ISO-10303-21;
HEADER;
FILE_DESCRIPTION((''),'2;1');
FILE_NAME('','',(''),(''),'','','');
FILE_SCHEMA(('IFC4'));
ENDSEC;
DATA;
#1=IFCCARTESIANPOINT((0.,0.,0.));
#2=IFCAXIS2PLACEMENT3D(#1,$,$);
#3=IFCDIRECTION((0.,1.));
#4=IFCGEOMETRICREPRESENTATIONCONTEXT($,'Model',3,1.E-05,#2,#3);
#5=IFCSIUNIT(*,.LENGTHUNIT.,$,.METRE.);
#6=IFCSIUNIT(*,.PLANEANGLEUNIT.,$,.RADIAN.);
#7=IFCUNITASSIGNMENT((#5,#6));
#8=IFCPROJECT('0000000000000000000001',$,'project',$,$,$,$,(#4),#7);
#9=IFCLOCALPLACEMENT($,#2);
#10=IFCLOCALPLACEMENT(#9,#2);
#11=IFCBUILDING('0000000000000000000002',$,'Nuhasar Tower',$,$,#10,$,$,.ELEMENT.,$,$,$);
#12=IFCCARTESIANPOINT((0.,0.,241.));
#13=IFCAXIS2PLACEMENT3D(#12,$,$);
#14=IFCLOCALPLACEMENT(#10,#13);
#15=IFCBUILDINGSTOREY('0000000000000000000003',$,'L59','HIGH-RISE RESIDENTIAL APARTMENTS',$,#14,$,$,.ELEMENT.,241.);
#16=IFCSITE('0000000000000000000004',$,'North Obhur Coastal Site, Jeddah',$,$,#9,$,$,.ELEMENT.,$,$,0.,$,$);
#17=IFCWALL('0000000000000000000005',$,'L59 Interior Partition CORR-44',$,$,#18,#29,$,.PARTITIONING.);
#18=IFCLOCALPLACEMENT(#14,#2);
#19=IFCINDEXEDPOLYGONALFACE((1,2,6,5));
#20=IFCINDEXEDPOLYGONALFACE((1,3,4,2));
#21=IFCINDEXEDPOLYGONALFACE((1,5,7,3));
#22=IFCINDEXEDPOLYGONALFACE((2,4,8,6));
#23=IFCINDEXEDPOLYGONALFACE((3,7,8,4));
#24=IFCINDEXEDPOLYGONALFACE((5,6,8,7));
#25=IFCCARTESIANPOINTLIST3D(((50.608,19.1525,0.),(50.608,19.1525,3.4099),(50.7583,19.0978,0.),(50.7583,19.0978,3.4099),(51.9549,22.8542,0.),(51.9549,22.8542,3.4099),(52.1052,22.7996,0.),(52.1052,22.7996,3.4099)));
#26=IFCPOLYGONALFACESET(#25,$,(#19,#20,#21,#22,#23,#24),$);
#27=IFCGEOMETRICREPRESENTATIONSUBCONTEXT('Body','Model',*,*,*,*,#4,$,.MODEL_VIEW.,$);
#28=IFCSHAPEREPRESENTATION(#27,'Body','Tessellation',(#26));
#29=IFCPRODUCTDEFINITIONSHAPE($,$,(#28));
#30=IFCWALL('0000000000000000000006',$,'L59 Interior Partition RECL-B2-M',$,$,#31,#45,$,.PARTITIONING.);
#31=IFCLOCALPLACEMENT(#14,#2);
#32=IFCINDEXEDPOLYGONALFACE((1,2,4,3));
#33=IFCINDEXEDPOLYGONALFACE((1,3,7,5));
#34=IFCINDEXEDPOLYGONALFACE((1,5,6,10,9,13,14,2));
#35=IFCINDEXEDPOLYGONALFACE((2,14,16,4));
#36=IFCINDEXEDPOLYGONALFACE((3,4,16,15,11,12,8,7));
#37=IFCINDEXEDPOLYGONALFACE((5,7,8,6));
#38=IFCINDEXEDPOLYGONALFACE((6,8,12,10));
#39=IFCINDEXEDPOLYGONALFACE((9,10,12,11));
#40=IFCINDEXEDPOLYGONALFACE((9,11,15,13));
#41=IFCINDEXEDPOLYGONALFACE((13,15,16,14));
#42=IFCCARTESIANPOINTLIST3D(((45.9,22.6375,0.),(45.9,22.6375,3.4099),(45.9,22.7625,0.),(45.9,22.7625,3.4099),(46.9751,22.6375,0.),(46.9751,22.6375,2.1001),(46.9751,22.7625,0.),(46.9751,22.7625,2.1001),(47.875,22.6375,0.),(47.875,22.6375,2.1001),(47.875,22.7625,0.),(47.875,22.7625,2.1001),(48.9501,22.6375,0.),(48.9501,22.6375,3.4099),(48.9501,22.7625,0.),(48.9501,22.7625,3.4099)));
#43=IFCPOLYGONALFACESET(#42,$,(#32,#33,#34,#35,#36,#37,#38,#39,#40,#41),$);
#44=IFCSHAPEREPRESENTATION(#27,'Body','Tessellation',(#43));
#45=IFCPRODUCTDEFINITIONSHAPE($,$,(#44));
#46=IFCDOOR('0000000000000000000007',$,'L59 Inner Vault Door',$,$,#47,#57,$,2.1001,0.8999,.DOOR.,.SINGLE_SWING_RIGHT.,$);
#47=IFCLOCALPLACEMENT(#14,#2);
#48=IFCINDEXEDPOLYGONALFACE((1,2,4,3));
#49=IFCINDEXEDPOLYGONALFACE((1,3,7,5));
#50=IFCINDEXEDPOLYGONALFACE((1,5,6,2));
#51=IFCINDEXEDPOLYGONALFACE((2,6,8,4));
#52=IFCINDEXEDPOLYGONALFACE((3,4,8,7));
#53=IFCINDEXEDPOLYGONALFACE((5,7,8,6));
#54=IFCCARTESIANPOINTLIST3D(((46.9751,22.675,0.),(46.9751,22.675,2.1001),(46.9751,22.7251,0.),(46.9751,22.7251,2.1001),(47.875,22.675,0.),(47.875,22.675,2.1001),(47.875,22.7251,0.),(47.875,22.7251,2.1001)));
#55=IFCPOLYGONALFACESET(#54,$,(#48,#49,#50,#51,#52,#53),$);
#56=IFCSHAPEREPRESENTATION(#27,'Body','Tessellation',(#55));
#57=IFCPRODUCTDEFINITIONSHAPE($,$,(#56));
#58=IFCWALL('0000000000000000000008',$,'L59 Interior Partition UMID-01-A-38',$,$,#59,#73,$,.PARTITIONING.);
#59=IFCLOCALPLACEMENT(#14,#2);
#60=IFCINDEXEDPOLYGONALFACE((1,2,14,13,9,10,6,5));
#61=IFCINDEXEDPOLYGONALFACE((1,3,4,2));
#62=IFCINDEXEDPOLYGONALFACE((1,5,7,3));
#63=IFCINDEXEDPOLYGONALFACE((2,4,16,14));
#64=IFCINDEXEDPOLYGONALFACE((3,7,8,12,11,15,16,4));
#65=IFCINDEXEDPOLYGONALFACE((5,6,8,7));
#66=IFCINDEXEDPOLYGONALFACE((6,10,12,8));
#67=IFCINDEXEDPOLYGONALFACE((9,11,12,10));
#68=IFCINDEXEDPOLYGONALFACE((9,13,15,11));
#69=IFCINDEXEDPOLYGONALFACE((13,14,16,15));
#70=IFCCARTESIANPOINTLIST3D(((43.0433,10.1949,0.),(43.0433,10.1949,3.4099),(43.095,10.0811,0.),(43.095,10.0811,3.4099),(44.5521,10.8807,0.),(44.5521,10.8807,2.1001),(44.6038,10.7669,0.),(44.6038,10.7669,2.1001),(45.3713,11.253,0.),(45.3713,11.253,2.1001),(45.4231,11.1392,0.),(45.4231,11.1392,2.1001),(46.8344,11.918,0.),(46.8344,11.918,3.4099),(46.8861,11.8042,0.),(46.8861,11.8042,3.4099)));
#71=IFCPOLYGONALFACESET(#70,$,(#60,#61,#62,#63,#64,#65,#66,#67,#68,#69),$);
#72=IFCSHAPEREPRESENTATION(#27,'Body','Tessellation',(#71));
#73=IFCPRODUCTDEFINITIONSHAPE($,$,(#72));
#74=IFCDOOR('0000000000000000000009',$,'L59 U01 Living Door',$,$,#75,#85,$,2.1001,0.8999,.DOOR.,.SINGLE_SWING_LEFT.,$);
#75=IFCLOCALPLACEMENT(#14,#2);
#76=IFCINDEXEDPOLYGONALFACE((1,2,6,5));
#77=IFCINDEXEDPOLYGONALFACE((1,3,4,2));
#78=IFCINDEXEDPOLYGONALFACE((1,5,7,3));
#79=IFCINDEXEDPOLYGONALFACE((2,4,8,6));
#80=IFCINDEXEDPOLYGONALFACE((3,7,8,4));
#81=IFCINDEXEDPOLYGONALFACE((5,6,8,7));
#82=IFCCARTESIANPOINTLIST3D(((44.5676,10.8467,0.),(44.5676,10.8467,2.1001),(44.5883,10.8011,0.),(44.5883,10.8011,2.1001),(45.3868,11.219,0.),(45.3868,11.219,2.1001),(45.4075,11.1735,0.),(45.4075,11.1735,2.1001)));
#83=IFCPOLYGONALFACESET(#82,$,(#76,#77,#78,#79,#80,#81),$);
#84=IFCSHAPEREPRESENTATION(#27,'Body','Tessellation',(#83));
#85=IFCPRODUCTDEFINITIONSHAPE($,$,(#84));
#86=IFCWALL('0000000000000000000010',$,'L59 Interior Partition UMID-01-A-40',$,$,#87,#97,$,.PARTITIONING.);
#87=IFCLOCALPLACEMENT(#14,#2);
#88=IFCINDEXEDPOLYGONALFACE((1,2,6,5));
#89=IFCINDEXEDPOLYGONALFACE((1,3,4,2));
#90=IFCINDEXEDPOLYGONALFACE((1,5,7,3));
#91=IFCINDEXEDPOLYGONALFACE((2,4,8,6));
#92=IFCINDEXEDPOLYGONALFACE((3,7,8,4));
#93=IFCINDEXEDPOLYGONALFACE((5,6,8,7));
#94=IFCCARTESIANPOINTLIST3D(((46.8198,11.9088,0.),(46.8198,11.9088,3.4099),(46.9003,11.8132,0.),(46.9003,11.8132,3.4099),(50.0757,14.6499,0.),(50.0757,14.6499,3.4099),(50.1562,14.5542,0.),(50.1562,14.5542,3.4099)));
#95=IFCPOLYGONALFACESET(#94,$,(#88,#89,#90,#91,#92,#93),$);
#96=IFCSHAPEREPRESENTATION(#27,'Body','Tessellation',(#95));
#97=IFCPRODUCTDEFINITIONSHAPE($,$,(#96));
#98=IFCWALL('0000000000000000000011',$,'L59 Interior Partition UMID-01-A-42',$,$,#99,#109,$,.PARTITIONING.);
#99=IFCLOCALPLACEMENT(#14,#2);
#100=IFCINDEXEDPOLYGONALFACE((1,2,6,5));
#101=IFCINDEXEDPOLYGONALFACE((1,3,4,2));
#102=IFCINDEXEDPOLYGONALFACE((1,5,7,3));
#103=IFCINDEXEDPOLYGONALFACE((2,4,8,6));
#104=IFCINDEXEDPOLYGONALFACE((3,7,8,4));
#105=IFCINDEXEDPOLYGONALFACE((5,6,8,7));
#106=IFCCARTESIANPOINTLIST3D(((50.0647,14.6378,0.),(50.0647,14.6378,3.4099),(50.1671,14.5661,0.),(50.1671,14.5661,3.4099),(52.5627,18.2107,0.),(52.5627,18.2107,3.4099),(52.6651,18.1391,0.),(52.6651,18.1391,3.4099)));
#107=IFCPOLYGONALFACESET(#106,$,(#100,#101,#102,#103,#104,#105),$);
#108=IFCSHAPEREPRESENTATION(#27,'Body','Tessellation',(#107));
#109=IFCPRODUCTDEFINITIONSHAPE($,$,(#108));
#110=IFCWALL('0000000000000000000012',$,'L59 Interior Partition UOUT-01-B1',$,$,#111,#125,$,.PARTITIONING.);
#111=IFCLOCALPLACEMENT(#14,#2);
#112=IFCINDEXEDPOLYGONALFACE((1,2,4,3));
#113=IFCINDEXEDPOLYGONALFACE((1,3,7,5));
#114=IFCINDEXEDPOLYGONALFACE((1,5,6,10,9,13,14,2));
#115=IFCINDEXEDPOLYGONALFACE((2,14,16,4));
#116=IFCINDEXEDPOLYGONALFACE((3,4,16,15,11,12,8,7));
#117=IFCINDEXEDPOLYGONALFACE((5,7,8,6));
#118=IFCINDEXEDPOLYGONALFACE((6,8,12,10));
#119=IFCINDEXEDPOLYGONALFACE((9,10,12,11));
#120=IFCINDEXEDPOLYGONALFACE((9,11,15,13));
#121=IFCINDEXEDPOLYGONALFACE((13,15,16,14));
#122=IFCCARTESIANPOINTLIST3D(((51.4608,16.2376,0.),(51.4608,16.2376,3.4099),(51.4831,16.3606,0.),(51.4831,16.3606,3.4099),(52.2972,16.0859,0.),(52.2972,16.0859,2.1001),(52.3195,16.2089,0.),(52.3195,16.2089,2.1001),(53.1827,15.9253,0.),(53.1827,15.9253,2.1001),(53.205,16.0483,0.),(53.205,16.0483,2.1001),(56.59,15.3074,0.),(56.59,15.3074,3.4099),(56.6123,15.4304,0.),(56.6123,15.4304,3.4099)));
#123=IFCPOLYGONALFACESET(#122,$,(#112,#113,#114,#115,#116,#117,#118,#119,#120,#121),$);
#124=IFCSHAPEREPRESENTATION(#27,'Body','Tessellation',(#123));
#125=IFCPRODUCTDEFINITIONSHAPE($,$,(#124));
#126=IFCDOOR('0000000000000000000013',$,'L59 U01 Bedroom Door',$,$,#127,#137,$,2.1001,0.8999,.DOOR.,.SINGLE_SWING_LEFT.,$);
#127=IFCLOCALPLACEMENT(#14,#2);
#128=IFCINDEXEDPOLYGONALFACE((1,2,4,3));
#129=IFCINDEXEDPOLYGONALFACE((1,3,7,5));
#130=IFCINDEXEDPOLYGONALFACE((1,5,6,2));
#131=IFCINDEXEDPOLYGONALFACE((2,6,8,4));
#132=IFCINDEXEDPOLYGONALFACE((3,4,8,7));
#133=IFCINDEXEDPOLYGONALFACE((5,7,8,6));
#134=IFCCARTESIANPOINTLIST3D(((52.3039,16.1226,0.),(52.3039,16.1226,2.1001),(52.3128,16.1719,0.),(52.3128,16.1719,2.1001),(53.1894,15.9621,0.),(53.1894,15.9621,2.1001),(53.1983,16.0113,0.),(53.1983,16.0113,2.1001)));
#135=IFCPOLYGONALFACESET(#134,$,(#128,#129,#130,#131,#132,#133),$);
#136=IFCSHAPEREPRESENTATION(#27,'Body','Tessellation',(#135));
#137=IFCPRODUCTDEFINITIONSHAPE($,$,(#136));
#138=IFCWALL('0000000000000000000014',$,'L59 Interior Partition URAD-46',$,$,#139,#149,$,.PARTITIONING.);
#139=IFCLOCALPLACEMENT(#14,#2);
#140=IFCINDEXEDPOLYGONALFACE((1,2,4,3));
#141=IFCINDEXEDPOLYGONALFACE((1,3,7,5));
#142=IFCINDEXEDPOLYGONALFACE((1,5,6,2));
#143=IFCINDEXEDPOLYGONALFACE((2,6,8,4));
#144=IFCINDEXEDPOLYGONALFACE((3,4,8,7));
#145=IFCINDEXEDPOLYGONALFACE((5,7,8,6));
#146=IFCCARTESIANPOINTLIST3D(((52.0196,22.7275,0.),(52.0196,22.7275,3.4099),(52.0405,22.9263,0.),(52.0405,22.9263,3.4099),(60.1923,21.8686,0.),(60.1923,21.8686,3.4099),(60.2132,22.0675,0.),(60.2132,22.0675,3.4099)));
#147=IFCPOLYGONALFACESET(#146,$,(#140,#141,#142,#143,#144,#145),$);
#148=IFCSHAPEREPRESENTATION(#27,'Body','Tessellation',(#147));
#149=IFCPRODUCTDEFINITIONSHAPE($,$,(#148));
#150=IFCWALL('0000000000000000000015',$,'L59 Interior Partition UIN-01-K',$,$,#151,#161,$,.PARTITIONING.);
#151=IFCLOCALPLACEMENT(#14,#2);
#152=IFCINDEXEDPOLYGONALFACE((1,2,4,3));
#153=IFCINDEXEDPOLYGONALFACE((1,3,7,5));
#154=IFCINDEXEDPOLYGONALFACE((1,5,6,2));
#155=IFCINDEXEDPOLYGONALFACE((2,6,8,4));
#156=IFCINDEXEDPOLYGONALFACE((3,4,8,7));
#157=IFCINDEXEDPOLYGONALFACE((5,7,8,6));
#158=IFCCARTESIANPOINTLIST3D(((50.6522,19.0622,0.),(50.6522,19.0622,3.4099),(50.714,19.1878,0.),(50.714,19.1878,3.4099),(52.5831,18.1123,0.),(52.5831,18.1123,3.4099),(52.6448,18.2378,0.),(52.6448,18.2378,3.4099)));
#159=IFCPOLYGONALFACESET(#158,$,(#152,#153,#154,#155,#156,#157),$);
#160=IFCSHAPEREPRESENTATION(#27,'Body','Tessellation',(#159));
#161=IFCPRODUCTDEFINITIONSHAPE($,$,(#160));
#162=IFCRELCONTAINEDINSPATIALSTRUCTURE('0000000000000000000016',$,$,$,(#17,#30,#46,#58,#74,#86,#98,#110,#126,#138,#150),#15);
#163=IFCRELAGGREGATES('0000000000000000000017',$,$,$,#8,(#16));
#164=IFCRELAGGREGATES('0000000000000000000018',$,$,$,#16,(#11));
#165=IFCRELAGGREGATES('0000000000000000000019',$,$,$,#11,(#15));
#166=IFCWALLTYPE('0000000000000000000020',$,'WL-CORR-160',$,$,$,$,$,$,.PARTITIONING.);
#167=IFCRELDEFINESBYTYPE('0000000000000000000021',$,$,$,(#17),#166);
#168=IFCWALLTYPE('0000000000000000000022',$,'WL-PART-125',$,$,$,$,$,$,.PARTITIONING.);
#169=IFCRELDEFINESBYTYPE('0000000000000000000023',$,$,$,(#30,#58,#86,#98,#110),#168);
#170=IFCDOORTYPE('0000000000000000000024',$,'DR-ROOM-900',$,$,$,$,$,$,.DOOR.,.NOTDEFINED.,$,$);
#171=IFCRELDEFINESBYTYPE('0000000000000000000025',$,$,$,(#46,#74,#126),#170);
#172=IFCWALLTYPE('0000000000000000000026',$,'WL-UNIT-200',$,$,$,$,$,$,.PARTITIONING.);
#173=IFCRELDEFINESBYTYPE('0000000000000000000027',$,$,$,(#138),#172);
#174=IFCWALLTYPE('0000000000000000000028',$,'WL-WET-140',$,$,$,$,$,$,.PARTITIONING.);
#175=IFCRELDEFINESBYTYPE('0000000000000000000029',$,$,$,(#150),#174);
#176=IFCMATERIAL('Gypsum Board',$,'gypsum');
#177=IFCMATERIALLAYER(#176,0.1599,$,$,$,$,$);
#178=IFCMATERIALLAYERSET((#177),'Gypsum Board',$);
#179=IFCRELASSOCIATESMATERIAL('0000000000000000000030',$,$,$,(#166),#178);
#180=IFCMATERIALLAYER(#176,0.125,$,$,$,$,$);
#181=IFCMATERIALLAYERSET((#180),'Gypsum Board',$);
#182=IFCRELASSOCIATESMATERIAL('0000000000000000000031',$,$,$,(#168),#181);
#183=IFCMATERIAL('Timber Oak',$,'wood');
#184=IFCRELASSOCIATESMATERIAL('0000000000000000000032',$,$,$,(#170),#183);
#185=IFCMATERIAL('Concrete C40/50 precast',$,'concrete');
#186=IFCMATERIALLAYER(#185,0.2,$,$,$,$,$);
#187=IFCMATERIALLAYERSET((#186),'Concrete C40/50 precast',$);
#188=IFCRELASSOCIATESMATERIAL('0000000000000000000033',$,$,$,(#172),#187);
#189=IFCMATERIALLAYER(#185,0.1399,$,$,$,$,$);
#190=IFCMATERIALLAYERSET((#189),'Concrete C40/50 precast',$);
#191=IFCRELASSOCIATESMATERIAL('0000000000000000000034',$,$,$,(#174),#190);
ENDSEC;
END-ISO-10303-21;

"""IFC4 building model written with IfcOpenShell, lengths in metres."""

from ifc_helpers import new_model, si_unit, direction, frame, frame_2d, origin, place, context, subcontext, project, spatial, rectangle, extrude, material, layer, layer_set, type_object, element, fill, save


model = new_model("IFC4")

# Units and contexts
model_context = context("Model", 3, precision=1e-05, world=origin(), true_north=direction((0.0, 1.0)))
body_context = subcontext(model_context, "Body", "Model", "MODEL_VIEW")
ifc_project = project(units=[si_unit("LENGTHUNIT", "METRE"), si_unit("PLANEANGLEUNIT", "RADIAN")], contexts=[model_context])

# Site, building, storey
site_placement = place(None, origin())
site = spatial("IfcSite", under=ifc_project, at=site_placement, Name="North Obhur Coastal Site, Jeddah", CompositionType="ELEMENT", RefElevation=0.0)
building_placement = place(site_placement, origin())
building = spatial("IfcBuilding", under=site, at=building_placement, Name="Nuhasar Tower", CompositionType="ELEMENT")
storey_placement = place(building_placement, frame((0.0, 0.0, 241.0)))
storey = spatial("IfcBuildingStorey", under=building, at=storey_placement, Name="L59", Description="HIGH-RISE RESIDENTIAL APARTMENTS", CompositionType="ELEMENT", Elevation=241.0)

# Wall
ifc_material_1 = material(Name="Gypsum Board", Category="gypsum")
ifc_layer_1 = layer(ifc_material_1, 0.1599)
ifc_layer_set_1 = layer_set([ifc_layer_1], Name="Gypsum Board")
wall_type_1 = type_object("IfcWallType", Name="WL-CORR-160", PredefinedType="PARTITIONING", material=ifc_layer_set_1)
wall_1_placement = place(storey_placement, frame((50.6831, 19.125, 0.0), z_axis=(0.0, 0.0, 1.0), x_axis=(0.341917, 0.93973, 0.0)))
element("IfcWall", 1, at=wall_1_placement, inside=storey, type_object=wall_type_1, Name="L59 Interior Partition CORR-44", PredefinedType="PARTITIONING", context=body_context, shape_type="SweptSolid", body=[
    extrude(rectangle(XDim=3.9392, YDim=0.1599, at=frame_2d((1.9697, 0.0))), origin(), (0.0, 0.0, 1.0), 3.4099),
])

# Walls, openings, doors
ifc_layer_2 = layer(ifc_material_1, 0.125)
ifc_layer_set_2 = layer_set([ifc_layer_2], Name="Gypsum Board")
wall_type_2 = type_object("IfcWallType", Name="WL-PART-125", PredefinedType="PARTITIONING", material=ifc_layer_set_2)
wall_2_placement = place(storey_placement, frame((48.95, 22.7, 0.0), z_axis=(0.0, 0.0, 1.0), x_axis=(-1.0, 0.0, 0.0)))
wall_2 = element("IfcWall", 2, at=wall_2_placement, inside=storey, type_object=wall_type_2, Name="L59 Interior Partition RECL-B2-M", PredefinedType="PARTITIONING", context=body_context, shape_type="SweptSolid", body=[
    extrude(rectangle(XDim=3.05, YDim=0.125, at=frame_2d((1.5249, 0.0))), origin(), (0.0, 0.0, 1.0), 3.4099),
])
opening_1_placement = place(wall_2_placement, frame((1.075, 0.0, 0.0)))
opening_1 = element("IfcOpeningElement", 3, at=opening_1_placement, cuts=wall_2, PredefinedType="OPENING", context=body_context, shape_type="SweptSolid", body=[
    extrude(rectangle(XDim=0.8999, YDim=2.1001, at=frame_2d((0.45, 1.05))), frame((0.0, 0.0725, 0.0), z_axis=(0.0, -1.0, 0.0), x_axis=(1.0, 0.0, 0.0)), (0.0, 0.0, 1.0), 0.145),
])
ifc_material_2 = material(Name="Timber Oak", Category="wood")
door_type = type_object("IfcDoorType", Name="DR-ROOM-900", OperationType="NOTDEFINED", PredefinedType="DOOR", material=ifc_material_2)
door_1_placement = place(opening_1_placement, origin())
door_1 = element("IfcDoor", 4, at=door_1_placement, inside=storey, type_object=door_type, Name="L59 Inner Vault Door", OperationType="SINGLE_SWING_RIGHT", OverallHeight=2.1001, OverallWidth=0.8999, PredefinedType="DOOR", context=body_context, shape_type="SweptSolid", body=[
    extrude(rectangle(XDim=0.8999, YDim=2.1001, at=frame_2d((0.45, 1.05))), frame((0.0, 0.0249, 0.0), z_axis=(0.0, -1.0, 0.0), x_axis=(1.0, 0.0, 0.0)), (0.0, 0.0, 1.0), 0.05),
])
fill(opening_1, door_1)
wall_3_placement = place(storey_placement, frame((46.8601, 11.8611, 0.0), z_axis=(0.0, 0.0, 1.0), x_axis=(-0.91037, -0.413794, 0.0)))
wall_3 = element("IfcWall", 5, at=wall_3_placement, inside=storey, type_object=wall_type_2, Name="L59 Interior Partition UMID-01-A-38", PredefinedType="PARTITIONING", context=body_context, shape_type="SweptSolid", body=[
    extrude(rectangle(XDim=4.1643, YDim=0.125, at=frame_2d((2.082, 0.0))), origin(), (0.0, 0.0, 1.0), 3.4099),
])
opening_2_placement = place(wall_3_placement, frame((1.6069, 0.0, 0.0)))
opening_2 = element("IfcOpeningElement", 6, at=opening_2_placement, cuts=wall_3, PredefinedType="OPENING", context=body_context, shape_type="SweptSolid", body=[
    extrude(rectangle(XDim=0.8999, YDim=2.1001, at=frame_2d((0.45, 1.05))), frame((0.0, 0.0725, 0.0), z_axis=(0.0, -1.0, 0.0), x_axis=(1.0, 0.0, 0.0)), (0.0, 0.0, 1.0), 0.145),
])
door_2_placement = place(opening_2_placement, origin())
door_2 = element("IfcDoor", 7, at=door_2_placement, inside=storey, type_object=door_type, Name="L59 U01 Living Door", OperationType="SINGLE_SWING_LEFT", OverallHeight=2.1001, OverallWidth=0.8999, PredefinedType="DOOR", context=body_context, shape_type="SweptSolid", body=[
    extrude(rectangle(XDim=0.8999, YDim=2.1001, at=frame_2d((0.45, 1.05))), frame((0.0, 0.0249, 0.0), z_axis=(0.0, -1.0, 0.0), x_axis=(1.0, 0.0, 0.0)), (0.0, 0.0, 1.0), 0.05),
])
fill(opening_2, door_2)

# Walls
wall_4_placement = place(storey_placement, frame((46.8601, 11.8611, 0.0), z_axis=(0.0, 0.0, 1.0), x_axis=(0.765005, 0.644024, 0.0)))
element("IfcWall", 8, at=wall_4_placement, inside=storey, type_object=wall_type_2, Name="L59 Interior Partition UMID-01-A-40", PredefinedType="PARTITIONING", context=body_context, shape_type="SweptSolid", body=[
    extrude(rectangle(XDim=4.2561, YDim=0.125, at=frame_2d((2.1279, 0.0))), origin(), (0.0, 0.0, 1.0), 3.4099),
])
wall_5_placement = place(storey_placement, frame((50.116, 14.6021, 0.0), z_axis=(0.0, 0.0, 1.0), x_axis=(0.572992, 0.819561, 0.0)))
element("IfcWall", 9, at=wall_5_placement, inside=storey, type_object=wall_type_2, Name="L59 Interior Partition UMID-01-A-42", PredefinedType="PARTITIONING", context=body_context, shape_type="SweptSolid", body=[
    extrude(rectangle(XDim=4.3596, YDim=0.125, at=frame_2d((2.1797, 0.0))), origin(), (0.0, 0.0, 1.0), 3.4099),
])

# Wall, opening, door
wall_6_placement = place(storey_placement, frame((51.4719, 16.2991, 0.0), z_axis=(0.0, 0.0, 1.0), x_axis=(0.983951, -0.17844, 0.0)))
wall_6 = element("IfcWall", 10, at=wall_6_placement, inside=storey, type_object=wall_type_2, Name="L59 Interior Partition UOUT-01-B1", PredefinedType="PARTITIONING", context=body_context, shape_type="SweptSolid", body=[
    extrude(rectangle(XDim=5.2129, YDim=0.125, at=frame_2d((2.6064, 0.0))), origin(), (0.0, 0.0, 1.0), 3.4099),
])
opening_3_placement = place(wall_6_placement, frame((0.8501, 0.0, 0.0)))
opening_3 = element("IfcOpeningElement", 11, at=opening_3_placement, cuts=wall_6, PredefinedType="OPENING", context=body_context, shape_type="SweptSolid", body=[
    extrude(rectangle(XDim=0.8999, YDim=2.1001, at=frame_2d((0.45, 1.05))), frame((0.0, 0.0725, 0.0), z_axis=(0.0, -1.0, 0.0), x_axis=(1.0, 0.0, 0.0)), (0.0, 0.0, 1.0), 0.145),
])
door_3_placement = place(opening_3_placement, origin())
door_3 = element("IfcDoor", 12, at=door_3_placement, inside=storey, type_object=door_type, Name="L59 U01 Bedroom Door", OperationType="SINGLE_SWING_LEFT", OverallHeight=2.1001, OverallWidth=0.8999, PredefinedType="DOOR", context=body_context, shape_type="SweptSolid", body=[
    extrude(rectangle(XDim=0.8999, YDim=2.1001, at=frame_2d((0.45, 1.05))), frame((0.0, 0.0249, 0.0), z_axis=(0.0, -1.0, 0.0), x_axis=(1.0, 0.0, 0.0)), (0.0, 0.0, 1.0), 0.05),
])
fill(opening_3, door_3)

# Walls
ifc_material_3 = material(Name="Concrete C40/50 precast", Category="concrete")
ifc_layer_3 = layer(ifc_material_3, 0.2)
ifc_layer_set_3 = layer_set([ifc_layer_3], Name="Concrete C40/50 precast")
wall_type_3 = type_object("IfcWallType", Name="WL-UNIT-200", PredefinedType="PARTITIONING", material=ifc_layer_set_3)
wall_7_placement = place(storey_placement, frame((52.03, 22.8269, 0.0), z_axis=(0.0, 0.0, 1.0), x_axis=(0.994523, -0.104515, 0.0)))
element("IfcWall", 13, at=wall_7_placement, inside=storey, type_object=wall_type_3, Name="L59 Interior Partition URAD-46", PredefinedType="PARTITIONING", context=body_context, shape_type="SweptSolid", body=[
    extrude(rectangle(XDim=8.2178, YDim=0.2, at=frame_2d((4.1089, 0.0))), origin(), (0.0, 0.0, 1.0), 3.4099),
])
ifc_layer_4 = layer(ifc_material_3, 0.1399)
ifc_layer_set_4 = layer_set([ifc_layer_4], Name="Concrete C40/50 precast")
wall_type_4 = type_object("IfcWallType", Name="WL-WET-140", PredefinedType="PARTITIONING", material=ifc_layer_set_4)
wall_8_placement = place(storey_placement, frame((50.6831, 19.125, 0.0), z_axis=(0.0, 0.0, 1.0), x_axis=(0.89729, -0.441441, 0.0)))
element("IfcWall", 14, at=wall_8_placement, inside=storey, type_object=wall_type_4, Name="L59 Interior Partition UIN-01-K", PredefinedType="PARTITIONING", context=body_context, shape_type="SweptSolid", body=[
    extrude(rectangle(XDim=2.1519, YDim=0.1399, at=frame_2d((1.0759, 0.0))), origin(), (0.0, 0.0, 1.0), 3.4099),
])

save(model, "model.ifc")
